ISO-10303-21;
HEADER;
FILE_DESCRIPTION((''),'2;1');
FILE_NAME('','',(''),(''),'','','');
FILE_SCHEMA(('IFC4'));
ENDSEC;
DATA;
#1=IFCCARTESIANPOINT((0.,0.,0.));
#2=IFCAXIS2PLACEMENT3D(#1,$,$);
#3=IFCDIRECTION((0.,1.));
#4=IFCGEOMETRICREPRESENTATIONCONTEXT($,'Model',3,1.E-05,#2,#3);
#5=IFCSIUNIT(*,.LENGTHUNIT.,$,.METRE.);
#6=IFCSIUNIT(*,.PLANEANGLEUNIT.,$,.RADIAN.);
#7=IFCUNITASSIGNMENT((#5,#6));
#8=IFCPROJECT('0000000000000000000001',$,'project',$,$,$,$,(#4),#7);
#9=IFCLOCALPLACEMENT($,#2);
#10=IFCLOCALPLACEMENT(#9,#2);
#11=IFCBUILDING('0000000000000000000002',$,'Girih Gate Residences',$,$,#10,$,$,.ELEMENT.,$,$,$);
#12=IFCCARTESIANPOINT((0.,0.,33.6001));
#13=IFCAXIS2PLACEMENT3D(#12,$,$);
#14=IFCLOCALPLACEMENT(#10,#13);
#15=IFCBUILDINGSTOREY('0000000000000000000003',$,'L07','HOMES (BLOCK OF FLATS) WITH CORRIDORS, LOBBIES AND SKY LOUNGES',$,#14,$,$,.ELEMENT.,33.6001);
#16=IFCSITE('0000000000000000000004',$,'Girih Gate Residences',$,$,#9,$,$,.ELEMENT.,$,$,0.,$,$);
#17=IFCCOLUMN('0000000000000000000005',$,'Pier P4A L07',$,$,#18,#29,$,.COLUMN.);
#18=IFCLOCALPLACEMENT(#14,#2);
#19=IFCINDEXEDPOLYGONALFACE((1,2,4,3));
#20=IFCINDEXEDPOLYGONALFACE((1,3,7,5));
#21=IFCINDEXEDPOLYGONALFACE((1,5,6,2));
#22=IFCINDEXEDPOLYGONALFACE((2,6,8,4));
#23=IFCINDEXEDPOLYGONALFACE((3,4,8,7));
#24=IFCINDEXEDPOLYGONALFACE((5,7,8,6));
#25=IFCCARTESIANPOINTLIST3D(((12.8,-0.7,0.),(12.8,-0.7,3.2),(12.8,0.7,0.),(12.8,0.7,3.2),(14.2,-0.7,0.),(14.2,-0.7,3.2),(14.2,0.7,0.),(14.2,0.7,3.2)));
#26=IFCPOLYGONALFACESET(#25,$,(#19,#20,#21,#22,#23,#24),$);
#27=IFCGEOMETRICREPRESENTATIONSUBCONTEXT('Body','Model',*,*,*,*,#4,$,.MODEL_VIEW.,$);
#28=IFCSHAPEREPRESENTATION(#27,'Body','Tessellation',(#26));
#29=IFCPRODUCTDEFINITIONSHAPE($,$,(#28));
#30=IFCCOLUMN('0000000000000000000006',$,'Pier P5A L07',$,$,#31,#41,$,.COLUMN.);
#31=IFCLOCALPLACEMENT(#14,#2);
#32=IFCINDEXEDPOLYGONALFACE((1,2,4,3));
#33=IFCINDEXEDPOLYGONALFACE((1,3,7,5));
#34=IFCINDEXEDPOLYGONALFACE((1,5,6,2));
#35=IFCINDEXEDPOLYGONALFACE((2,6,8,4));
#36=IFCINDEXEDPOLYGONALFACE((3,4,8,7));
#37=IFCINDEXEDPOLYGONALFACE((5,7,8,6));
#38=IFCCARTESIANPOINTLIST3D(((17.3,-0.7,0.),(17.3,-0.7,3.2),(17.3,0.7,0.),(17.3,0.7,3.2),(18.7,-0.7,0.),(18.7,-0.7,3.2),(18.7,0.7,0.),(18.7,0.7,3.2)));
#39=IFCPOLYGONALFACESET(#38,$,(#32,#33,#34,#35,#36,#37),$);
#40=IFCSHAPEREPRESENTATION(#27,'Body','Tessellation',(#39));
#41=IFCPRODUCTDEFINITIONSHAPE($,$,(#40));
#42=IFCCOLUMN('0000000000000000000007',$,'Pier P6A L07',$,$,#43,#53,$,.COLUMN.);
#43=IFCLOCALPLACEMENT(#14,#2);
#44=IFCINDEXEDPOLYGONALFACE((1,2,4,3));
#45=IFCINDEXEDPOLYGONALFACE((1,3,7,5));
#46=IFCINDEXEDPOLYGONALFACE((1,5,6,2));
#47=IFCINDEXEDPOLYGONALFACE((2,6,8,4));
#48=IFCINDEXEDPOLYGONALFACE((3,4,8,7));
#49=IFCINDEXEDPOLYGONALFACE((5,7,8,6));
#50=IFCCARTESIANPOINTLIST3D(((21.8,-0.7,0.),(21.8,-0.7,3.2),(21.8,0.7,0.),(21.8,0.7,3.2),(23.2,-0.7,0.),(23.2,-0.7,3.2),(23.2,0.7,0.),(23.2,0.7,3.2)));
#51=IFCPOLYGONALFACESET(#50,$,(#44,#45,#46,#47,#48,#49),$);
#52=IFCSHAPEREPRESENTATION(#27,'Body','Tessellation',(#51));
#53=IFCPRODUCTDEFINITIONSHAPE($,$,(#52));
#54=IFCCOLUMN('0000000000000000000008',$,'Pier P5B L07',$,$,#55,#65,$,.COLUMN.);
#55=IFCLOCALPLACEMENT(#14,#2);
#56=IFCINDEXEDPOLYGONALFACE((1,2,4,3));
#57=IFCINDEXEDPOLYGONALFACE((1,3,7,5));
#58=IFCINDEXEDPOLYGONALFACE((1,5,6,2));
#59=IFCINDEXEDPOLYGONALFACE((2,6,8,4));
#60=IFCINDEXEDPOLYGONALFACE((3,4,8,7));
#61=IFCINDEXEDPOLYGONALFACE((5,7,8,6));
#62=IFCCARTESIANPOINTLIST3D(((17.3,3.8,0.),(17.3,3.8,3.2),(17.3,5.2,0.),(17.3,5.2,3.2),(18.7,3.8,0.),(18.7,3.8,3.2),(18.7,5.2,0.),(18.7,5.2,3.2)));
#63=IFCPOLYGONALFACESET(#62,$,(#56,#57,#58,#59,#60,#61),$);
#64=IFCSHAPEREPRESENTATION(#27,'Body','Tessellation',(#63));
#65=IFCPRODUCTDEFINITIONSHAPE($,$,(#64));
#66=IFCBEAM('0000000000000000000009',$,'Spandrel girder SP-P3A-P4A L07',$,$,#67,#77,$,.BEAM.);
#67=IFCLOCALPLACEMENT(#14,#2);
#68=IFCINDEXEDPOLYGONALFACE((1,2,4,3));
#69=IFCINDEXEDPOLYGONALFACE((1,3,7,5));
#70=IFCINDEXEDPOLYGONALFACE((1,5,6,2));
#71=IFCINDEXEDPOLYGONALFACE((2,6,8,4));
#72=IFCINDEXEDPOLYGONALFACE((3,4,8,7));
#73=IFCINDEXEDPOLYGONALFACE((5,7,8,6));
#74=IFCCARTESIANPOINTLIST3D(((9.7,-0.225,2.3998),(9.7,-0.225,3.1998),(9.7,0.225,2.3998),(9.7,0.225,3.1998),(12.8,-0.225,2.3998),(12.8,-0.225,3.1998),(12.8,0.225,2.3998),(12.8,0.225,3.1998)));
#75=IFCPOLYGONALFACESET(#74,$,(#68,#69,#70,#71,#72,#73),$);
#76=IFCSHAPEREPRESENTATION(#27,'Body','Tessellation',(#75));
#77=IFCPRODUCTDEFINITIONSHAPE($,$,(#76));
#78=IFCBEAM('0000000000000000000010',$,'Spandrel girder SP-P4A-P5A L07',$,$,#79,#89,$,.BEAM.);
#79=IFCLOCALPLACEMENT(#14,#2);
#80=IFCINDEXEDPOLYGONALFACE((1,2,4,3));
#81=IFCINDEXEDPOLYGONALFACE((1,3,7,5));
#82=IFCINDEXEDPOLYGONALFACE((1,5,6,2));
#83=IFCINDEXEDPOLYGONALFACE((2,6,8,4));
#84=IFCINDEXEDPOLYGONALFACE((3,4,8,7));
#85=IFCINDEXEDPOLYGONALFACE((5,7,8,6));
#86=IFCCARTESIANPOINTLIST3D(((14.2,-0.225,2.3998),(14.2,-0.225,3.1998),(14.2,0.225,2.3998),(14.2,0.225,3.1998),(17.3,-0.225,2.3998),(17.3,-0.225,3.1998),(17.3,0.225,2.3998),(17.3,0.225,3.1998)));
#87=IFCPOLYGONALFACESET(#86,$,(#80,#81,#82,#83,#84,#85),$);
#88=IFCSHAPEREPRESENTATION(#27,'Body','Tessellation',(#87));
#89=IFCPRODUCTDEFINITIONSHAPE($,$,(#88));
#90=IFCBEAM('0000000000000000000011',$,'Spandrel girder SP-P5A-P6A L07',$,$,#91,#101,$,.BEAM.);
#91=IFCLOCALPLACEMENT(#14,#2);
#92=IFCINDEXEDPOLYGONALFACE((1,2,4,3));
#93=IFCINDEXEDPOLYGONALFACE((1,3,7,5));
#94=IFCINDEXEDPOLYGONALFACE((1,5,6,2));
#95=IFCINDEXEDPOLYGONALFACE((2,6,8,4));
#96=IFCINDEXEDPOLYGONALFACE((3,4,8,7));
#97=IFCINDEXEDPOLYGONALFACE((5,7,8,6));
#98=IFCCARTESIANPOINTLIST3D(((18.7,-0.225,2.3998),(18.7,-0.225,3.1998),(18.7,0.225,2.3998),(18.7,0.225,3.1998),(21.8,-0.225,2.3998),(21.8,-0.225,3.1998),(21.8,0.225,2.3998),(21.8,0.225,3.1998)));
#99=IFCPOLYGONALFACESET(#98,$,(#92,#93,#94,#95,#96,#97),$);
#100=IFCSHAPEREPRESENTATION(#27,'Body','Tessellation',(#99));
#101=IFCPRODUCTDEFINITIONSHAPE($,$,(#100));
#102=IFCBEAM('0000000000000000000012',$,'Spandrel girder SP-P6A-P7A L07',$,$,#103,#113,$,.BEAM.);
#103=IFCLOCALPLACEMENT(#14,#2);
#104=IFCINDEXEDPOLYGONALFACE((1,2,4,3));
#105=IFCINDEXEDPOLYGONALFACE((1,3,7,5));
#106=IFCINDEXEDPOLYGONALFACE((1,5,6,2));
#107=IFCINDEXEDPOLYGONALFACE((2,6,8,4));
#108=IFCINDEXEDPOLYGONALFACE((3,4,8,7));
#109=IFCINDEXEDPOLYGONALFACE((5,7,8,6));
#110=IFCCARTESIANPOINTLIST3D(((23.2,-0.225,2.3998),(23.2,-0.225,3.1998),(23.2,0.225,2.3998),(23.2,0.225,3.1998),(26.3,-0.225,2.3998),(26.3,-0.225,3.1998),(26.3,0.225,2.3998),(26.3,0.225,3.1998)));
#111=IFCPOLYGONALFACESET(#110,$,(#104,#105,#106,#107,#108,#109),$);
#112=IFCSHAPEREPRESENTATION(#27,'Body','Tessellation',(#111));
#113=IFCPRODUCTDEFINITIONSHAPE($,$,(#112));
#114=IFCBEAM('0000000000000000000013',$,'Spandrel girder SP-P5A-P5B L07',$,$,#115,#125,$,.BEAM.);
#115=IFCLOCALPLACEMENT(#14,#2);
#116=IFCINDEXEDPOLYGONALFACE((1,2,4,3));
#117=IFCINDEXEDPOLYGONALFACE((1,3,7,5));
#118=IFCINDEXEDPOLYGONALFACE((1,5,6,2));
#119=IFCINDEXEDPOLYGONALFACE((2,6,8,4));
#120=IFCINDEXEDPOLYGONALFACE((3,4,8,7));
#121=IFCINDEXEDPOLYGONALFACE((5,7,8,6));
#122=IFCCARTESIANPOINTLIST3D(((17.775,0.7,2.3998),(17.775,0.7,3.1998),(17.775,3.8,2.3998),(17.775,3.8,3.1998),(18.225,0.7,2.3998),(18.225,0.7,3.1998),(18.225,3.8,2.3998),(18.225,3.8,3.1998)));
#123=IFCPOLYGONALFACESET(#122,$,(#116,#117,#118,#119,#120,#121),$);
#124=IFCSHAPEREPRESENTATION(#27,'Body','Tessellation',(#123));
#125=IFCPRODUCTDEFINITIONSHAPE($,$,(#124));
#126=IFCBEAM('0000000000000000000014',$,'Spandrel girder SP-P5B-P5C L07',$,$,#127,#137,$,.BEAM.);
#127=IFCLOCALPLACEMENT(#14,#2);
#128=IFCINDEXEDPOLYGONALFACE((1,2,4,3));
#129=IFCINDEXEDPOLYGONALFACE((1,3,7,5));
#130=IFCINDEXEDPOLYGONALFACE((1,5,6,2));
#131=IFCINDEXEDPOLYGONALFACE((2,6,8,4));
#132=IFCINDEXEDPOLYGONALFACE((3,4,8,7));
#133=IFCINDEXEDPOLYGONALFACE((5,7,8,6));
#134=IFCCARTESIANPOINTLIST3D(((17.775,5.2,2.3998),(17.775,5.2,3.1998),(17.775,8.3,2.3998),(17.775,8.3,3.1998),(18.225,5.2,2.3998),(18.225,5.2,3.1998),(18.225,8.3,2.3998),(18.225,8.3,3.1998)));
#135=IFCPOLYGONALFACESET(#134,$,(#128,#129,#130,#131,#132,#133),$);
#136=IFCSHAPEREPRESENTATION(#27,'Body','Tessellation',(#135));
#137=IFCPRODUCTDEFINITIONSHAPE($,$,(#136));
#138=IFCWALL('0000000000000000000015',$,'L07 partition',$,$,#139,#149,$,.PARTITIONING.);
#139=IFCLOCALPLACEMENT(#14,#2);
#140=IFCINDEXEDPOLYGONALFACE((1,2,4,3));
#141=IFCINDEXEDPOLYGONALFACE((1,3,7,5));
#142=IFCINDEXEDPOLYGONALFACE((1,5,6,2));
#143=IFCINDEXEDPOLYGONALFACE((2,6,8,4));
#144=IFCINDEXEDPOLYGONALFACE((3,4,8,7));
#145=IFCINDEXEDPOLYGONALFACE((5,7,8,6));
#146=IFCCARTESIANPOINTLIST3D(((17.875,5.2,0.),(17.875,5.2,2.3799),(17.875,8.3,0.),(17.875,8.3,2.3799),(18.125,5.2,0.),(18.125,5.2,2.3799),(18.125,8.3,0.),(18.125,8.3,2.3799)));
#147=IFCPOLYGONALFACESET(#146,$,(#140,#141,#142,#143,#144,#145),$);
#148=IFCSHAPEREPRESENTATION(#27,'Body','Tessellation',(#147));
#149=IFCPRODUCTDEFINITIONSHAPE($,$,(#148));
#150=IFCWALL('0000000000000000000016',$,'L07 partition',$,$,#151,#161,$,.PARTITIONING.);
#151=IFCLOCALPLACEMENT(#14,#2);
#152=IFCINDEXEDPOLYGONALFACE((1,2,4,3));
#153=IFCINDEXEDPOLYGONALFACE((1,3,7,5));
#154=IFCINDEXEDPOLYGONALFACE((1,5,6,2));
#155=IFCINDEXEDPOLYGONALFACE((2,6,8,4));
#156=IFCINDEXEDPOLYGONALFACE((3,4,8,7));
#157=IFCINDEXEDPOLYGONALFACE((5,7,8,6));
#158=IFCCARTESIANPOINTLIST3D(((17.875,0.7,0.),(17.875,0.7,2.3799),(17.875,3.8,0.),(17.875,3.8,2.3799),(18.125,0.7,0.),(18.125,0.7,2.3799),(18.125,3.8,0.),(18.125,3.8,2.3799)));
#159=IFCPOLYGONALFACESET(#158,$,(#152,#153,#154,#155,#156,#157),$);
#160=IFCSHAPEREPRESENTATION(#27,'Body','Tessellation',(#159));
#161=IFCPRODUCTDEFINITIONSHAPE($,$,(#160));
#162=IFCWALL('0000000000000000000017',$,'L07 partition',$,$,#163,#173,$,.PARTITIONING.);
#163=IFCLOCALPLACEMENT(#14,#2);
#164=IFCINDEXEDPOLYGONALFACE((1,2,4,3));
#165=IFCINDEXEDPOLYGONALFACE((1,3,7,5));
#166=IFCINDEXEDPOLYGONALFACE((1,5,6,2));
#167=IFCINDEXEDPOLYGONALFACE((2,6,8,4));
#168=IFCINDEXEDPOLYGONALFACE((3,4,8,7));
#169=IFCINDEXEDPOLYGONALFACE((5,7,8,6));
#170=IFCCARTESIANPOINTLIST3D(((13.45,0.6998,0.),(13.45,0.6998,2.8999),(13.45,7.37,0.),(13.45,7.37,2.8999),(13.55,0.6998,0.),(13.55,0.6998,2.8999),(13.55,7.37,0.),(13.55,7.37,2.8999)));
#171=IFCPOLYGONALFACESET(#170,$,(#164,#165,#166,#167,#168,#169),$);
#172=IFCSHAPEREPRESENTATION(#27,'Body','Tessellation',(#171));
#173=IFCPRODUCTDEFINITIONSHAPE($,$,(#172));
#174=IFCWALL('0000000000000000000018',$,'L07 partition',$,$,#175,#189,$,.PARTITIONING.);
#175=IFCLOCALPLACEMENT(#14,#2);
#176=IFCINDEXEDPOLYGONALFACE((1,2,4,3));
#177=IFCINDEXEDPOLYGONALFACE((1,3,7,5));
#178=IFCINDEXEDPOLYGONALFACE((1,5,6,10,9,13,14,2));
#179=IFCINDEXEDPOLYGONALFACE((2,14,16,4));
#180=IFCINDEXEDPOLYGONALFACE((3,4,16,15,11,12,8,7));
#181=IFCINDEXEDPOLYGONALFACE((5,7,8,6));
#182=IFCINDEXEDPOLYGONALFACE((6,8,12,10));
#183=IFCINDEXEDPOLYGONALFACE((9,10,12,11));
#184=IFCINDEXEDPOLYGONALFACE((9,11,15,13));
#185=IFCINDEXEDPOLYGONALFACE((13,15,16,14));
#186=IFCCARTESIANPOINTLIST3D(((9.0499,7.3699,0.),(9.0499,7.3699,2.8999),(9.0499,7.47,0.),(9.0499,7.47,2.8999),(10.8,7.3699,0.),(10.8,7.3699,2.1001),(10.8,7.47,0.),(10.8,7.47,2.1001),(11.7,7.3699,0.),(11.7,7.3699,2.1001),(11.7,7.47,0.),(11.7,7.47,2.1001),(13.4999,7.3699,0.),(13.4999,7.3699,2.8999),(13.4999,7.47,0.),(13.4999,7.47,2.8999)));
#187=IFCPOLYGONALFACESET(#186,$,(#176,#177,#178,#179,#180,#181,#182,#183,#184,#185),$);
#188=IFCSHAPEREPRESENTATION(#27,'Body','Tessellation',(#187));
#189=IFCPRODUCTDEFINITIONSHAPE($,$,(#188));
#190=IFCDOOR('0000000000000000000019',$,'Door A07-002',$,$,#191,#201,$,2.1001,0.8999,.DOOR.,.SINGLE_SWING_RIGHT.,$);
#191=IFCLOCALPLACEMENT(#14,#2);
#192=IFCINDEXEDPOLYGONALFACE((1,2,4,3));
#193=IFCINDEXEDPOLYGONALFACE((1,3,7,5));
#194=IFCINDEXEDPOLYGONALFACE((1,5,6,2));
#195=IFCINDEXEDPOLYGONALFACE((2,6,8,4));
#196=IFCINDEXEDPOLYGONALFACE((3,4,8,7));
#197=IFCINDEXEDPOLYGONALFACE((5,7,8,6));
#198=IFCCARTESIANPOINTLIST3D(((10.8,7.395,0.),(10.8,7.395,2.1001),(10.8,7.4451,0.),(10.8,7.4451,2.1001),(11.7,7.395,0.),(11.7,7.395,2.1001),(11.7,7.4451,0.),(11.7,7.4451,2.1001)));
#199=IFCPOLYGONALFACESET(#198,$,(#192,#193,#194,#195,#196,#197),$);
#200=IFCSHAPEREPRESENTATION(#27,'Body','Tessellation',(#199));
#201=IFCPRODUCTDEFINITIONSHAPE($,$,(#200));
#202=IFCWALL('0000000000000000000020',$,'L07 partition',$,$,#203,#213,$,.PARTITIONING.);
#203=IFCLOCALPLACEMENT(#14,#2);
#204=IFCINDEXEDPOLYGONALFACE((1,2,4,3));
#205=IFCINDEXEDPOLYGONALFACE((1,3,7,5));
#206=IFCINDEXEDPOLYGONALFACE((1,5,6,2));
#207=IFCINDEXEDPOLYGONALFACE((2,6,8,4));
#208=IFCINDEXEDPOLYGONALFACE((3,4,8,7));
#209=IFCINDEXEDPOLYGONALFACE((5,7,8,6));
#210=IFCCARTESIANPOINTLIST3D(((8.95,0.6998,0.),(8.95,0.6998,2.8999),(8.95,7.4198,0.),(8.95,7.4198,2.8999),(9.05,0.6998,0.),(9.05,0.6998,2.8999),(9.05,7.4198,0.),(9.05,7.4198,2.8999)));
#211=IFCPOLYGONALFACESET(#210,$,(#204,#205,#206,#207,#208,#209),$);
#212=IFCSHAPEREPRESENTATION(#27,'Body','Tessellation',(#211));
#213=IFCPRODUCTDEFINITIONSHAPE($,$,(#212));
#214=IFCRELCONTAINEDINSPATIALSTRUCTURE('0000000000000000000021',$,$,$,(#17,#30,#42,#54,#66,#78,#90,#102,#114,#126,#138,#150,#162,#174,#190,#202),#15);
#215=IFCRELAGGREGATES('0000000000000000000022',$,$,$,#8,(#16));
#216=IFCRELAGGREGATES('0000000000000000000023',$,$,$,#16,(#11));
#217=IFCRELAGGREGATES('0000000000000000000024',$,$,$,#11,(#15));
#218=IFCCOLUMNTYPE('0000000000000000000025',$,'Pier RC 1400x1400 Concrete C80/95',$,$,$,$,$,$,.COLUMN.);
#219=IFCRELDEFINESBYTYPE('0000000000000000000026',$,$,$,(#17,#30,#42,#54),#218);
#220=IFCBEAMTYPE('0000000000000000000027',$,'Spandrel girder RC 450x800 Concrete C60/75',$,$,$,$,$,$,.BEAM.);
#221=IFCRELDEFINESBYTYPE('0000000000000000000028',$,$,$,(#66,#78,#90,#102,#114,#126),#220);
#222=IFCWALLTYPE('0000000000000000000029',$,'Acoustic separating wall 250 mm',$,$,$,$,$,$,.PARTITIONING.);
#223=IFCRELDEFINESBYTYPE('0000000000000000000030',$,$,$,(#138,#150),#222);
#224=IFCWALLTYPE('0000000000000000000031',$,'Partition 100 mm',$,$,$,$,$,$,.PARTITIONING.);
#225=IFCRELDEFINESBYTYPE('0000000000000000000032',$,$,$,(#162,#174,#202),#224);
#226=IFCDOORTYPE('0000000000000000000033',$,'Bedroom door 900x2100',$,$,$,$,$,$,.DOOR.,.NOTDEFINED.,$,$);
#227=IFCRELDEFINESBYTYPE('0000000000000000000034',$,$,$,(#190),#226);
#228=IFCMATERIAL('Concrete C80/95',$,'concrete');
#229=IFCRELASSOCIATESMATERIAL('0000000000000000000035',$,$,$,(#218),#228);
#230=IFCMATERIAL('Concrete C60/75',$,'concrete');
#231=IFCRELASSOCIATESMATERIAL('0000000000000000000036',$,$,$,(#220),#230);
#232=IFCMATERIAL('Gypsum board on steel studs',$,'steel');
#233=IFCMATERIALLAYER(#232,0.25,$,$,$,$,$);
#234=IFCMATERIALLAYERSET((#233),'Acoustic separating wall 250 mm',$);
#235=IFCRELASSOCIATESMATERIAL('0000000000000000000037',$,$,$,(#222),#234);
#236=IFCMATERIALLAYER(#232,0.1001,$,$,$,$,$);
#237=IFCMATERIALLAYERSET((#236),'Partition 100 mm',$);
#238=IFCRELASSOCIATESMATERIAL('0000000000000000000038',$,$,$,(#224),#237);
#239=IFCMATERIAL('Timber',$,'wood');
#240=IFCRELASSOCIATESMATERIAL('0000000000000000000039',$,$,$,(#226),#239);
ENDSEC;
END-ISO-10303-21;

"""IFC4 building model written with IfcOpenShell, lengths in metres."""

from ifc_helpers import new_model, si_unit, direction, frame, frame_2d, origin, origin_2d, place, context, subcontext, project, spatial, rectangle, extrude, material, layer, layer_set, material_profile, profile_set, type_object, element, fill, save


model = new_model("IFC4")

# Units and contexts
model_context = context("Model", 3, precision=1e-05, world=origin(), true_north=direction((0.0, 1.0)))
body_context = subcontext(model_context, "Body", "Model", "MODEL_VIEW")
ifc_project = project(units=[si_unit("LENGTHUNIT", "METRE"), si_unit("PLANEANGLEUNIT", "RADIAN")], contexts=[model_context])

# Site, building, storey
site_placement = place(None, origin())
site = spatial("IfcSite", under=ifc_project, at=site_placement, Name="Girih Gate Residences", CompositionType="ELEMENT", RefElevation=0.0)
building_placement = place(site_placement, origin())
building = spatial("IfcBuilding", under=site, at=building_placement, Name="Girih Gate Residences", CompositionType="ELEMENT")
storey_placement = place(building_placement, frame((0.0, 0.0, 33.6001)))
storey = spatial("IfcBuildingStorey", under=building, at=storey_placement, Name="L07", Description="HOMES (BLOCK OF FLATS) WITH CORRIDORS, LOBBIES AND SKY LOUNGES", CompositionType="ELEMENT", Elevation=33.6001)

# Columns
ifc_material_1 = material(Name="Concrete C80/95", Category="concrete")
ifc_material_profile_1 = material_profile(ifc_material_1, rectangle(XDim=1.3999, YDim=1.3999, at=origin_2d()))
ifc_profile_set_1 = profile_set([ifc_material_profile_1], Name="Concrete C80/95")
column_type = type_object("IfcColumnType", Name="Pier RC 1400x1400 Concrete C80/95", PredefinedType="COLUMN", material=ifc_profile_set_1)
for number, where, z_axis, x_axis, name in (
    (1, (13.5, 0.0, 0.0), (0.0, 0.0, 1.0), (1.0, 0.0, 0.0), "Pier P4A L07"),
    (2, (18.0, 0.0, 0.0), (0.0, 0.0, 1.0), (1.0, 0.0, 0.0), "Pier P5A L07"),
    (3, (22.5, 0.0, 0.0), (0.0, 0.0, 1.0), (1.0, 0.0, 0.0), "Pier P6A L07"),
    (4, (18.0, 4.5, 0.0), (0.0, 0.0, 1.0), (1.0, 0.0, 0.0), "Pier P5B L07"),
):
    element("IfcColumn", number, at=place(storey_placement, frame(where, z_axis=z_axis, x_axis=x_axis)), inside=storey, type_object=column_type, Name=name, PredefinedType="COLUMN", context=body_context, shape_type="SweptSolid", body=[
        extrude(rectangle(XDim=1.3999, YDim=1.3999, at=origin_2d()), origin(), (0.0, 0.0, 1.0), 3.2),
    ])

# Beams
ifc_material_2 = material(Name="Concrete C60/75", Category="concrete")
ifc_material_profile_2 = material_profile(ifc_material_2, rectangle(XDim=0.45, YDim=0.8, at=origin_2d()))
ifc_profile_set_2 = profile_set([ifc_material_profile_2], Name="Concrete C60/75")
beam_type = type_object("IfcBeamType", Name="Spandrel girder RC 450x800 Concrete C60/75", PredefinedType="BEAM", material=ifc_profile_set_2)
for number, where, z_axis, x_axis, name in (
    (5, (9.7, 0.0, 2.7998), (1.0, 0.0, 0.0), (0.0, 1.0, 0.0), "Spandrel girder SP-P3A-P4A L07"),
    (6, (14.2, 0.0, 2.7998), (1.0, 0.0, 0.0), (0.0, 1.0, 0.0), "Spandrel girder SP-P4A-P5A L07"),
    (7, (18.7, 0.0, 2.7998), (1.0, 0.0, 0.0), (0.0, 1.0, 0.0), "Spandrel girder SP-P5A-P6A L07"),
    (8, (23.2, 0.0, 2.7998), (1.0, 0.0, 0.0), (0.0, 1.0, 0.0), "Spandrel girder SP-P6A-P7A L07"),
    (9, (18.0, 0.7, 2.7998), (0.0, 1.0, 0.0), (-1.0, 0.0, 0.0), "Spandrel girder SP-P5A-P5B L07"),
    (10, (18.0, 5.2, 2.7998), (0.0, 1.0, 0.0), (-1.0, 0.0, 0.0), "Spandrel girder SP-P5B-P5C L07"),
):
    element("IfcBeam", number, at=place(storey_placement, frame(where, z_axis=z_axis, x_axis=x_axis)), inside=storey, type_object=beam_type, Name=name, PredefinedType="BEAM", context=body_context, shape_type="SweptSolid", body=[
        extrude(rectangle(XDim=0.45, YDim=0.8, at=origin_2d()), origin(), (0.0, 0.0, 1.0), 3.1001),
    ])

# Walls
ifc_material_3 = material(Name="Gypsum board on steel studs", Category="steel")
ifc_layer_1 = layer(ifc_material_3, 0.25)
ifc_layer_set_1 = layer_set([ifc_layer_1], Name="Acoustic separating wall 250 mm")
wall_type_1 = type_object("IfcWallType", Name="Acoustic separating wall 250 mm", PredefinedType="PARTITIONING", material=ifc_layer_set_1)
for number, where, z_axis, x_axis, name in (
    (11, (18.0, 5.2, 0.0), (0.0, 0.0, 1.0), (0.0, 1.0, 0.0), "L07 partition"),
    (12, (18.0, 0.7, 0.0), (0.0, 0.0, 1.0), (0.0, 1.0, 0.0), "L07 partition"),
):
    element("IfcWall", number, at=place(storey_placement, frame(where, z_axis=z_axis, x_axis=x_axis)), inside=storey, type_object=wall_type_1, Name=name, PredefinedType="PARTITIONING", context=body_context, shape_type="SweptSolid", body=[
        extrude(rectangle(XDim=3.1001, YDim=0.25, at=frame_2d((1.55, 0.0))), origin(), (0.0, 0.0, 1.0), 2.3799),
    ])
ifc_layer_2 = layer(ifc_material_3, 0.1001)
ifc_layer_set_2 = layer_set([ifc_layer_2], Name="Partition 100 mm")
wall_type_2 = type_object("IfcWallType", Name="Partition 100 mm", PredefinedType="PARTITIONING", material=ifc_layer_set_2)
wall_1_placement = place(storey_placement, frame((13.5, 0.7, 0.0), z_axis=(0.0, 0.0, 1.0), x_axis=(0.0, 1.0, 0.0)))
element("IfcWall", 13, at=wall_1_placement, inside=storey, type_object=wall_type_2, Name="L07 partition", PredefinedType="PARTITIONING", context=body_context, shape_type="SweptSolid", body=[
    extrude(rectangle(XDim=6.6702, YDim=0.1001, at=frame_2d((3.335, 0.0))), origin(), (0.0, 0.0, 1.0), 2.8999),
])

# Wall, opening, door
wall_2_placement = place(storey_placement, frame((13.5, 7.4199, 0.0), z_axis=(0.0, 0.0, 1.0), x_axis=(-1.0, 0.0, 0.0)))
wall_2 = element("IfcWall", 14, at=wall_2_placement, inside=storey, type_object=wall_type_2, Name="L07 partition", PredefinedType="PARTITIONING", context=body_context, shape_type="SweptSolid", body=[
    extrude(rectangle(XDim=4.45, YDim=0.1001, at=frame_2d((2.2251, 0.0))), origin(), (0.0, 0.0, 1.0), 2.8999),
])
opening_1_placement = place(wall_2_placement, frame((1.8, 0.0, 0.0)))
opening_1 = element("IfcOpeningElement", 15, at=opening_1_placement, cuts=wall_2, PredefinedType="OPENING", context=body_context, shape_type="SweptSolid", body=[
    extrude(rectangle(XDim=0.8999, YDim=2.1001, at=frame_2d((0.45, 1.05))), frame((0.0, 0.0601, 0.0), z_axis=(0.0, -1.0, 0.0), x_axis=(1.0, 0.0, 0.0)), (0.0, 0.0, 1.0), 0.1201),
])
ifc_material_4 = material(Name="Timber", Category="wood")
door_type_1 = type_object("IfcDoorType", Name="Bedroom door 900x2100", OperationType="NOTDEFINED", PredefinedType="DOOR", material=ifc_material_4)
door_1_placement = place(opening_1_placement, origin())
door_1 = element("IfcDoor", 16, at=door_1_placement, inside=storey, type_object=door_type_1, Name="Door A07-002", OperationType="SINGLE_SWING_RIGHT", OverallHeight=2.1001, OverallWidth=0.8999, PredefinedType="DOOR", context=body_context, shape_type="SweptSolid", body=[
    extrude(rectangle(XDim=0.8999, YDim=2.1001, at=frame_2d((0.45, 1.05))), frame((0.0, 0.0249, 0.0), z_axis=(0.0, -1.0, 0.0), x_axis=(1.0, 0.0, 0.0)), (0.0, 0.0, 1.0), 0.05),
])
fill(opening_1, door_1)

# Wall
wall_3_placement = place(storey_placement, frame((9.0, 0.7, 0.0), z_axis=(0.0, 0.0, 1.0), x_axis=(0.0, 1.0, 0.0)))
element("IfcWall", 17, at=wall_3_placement, inside=storey, type_object=wall_type_2, Name="L07 partition", PredefinedType="PARTITIONING", context=body_context, shape_type="SweptSolid", body=[
    extrude(rectangle(XDim=6.72, YDim=0.1001, at=frame_2d((3.3599, 0.0))), origin(), (0.0, 0.0, 1.0), 2.8999),
])

save(model, "model.ifc")
